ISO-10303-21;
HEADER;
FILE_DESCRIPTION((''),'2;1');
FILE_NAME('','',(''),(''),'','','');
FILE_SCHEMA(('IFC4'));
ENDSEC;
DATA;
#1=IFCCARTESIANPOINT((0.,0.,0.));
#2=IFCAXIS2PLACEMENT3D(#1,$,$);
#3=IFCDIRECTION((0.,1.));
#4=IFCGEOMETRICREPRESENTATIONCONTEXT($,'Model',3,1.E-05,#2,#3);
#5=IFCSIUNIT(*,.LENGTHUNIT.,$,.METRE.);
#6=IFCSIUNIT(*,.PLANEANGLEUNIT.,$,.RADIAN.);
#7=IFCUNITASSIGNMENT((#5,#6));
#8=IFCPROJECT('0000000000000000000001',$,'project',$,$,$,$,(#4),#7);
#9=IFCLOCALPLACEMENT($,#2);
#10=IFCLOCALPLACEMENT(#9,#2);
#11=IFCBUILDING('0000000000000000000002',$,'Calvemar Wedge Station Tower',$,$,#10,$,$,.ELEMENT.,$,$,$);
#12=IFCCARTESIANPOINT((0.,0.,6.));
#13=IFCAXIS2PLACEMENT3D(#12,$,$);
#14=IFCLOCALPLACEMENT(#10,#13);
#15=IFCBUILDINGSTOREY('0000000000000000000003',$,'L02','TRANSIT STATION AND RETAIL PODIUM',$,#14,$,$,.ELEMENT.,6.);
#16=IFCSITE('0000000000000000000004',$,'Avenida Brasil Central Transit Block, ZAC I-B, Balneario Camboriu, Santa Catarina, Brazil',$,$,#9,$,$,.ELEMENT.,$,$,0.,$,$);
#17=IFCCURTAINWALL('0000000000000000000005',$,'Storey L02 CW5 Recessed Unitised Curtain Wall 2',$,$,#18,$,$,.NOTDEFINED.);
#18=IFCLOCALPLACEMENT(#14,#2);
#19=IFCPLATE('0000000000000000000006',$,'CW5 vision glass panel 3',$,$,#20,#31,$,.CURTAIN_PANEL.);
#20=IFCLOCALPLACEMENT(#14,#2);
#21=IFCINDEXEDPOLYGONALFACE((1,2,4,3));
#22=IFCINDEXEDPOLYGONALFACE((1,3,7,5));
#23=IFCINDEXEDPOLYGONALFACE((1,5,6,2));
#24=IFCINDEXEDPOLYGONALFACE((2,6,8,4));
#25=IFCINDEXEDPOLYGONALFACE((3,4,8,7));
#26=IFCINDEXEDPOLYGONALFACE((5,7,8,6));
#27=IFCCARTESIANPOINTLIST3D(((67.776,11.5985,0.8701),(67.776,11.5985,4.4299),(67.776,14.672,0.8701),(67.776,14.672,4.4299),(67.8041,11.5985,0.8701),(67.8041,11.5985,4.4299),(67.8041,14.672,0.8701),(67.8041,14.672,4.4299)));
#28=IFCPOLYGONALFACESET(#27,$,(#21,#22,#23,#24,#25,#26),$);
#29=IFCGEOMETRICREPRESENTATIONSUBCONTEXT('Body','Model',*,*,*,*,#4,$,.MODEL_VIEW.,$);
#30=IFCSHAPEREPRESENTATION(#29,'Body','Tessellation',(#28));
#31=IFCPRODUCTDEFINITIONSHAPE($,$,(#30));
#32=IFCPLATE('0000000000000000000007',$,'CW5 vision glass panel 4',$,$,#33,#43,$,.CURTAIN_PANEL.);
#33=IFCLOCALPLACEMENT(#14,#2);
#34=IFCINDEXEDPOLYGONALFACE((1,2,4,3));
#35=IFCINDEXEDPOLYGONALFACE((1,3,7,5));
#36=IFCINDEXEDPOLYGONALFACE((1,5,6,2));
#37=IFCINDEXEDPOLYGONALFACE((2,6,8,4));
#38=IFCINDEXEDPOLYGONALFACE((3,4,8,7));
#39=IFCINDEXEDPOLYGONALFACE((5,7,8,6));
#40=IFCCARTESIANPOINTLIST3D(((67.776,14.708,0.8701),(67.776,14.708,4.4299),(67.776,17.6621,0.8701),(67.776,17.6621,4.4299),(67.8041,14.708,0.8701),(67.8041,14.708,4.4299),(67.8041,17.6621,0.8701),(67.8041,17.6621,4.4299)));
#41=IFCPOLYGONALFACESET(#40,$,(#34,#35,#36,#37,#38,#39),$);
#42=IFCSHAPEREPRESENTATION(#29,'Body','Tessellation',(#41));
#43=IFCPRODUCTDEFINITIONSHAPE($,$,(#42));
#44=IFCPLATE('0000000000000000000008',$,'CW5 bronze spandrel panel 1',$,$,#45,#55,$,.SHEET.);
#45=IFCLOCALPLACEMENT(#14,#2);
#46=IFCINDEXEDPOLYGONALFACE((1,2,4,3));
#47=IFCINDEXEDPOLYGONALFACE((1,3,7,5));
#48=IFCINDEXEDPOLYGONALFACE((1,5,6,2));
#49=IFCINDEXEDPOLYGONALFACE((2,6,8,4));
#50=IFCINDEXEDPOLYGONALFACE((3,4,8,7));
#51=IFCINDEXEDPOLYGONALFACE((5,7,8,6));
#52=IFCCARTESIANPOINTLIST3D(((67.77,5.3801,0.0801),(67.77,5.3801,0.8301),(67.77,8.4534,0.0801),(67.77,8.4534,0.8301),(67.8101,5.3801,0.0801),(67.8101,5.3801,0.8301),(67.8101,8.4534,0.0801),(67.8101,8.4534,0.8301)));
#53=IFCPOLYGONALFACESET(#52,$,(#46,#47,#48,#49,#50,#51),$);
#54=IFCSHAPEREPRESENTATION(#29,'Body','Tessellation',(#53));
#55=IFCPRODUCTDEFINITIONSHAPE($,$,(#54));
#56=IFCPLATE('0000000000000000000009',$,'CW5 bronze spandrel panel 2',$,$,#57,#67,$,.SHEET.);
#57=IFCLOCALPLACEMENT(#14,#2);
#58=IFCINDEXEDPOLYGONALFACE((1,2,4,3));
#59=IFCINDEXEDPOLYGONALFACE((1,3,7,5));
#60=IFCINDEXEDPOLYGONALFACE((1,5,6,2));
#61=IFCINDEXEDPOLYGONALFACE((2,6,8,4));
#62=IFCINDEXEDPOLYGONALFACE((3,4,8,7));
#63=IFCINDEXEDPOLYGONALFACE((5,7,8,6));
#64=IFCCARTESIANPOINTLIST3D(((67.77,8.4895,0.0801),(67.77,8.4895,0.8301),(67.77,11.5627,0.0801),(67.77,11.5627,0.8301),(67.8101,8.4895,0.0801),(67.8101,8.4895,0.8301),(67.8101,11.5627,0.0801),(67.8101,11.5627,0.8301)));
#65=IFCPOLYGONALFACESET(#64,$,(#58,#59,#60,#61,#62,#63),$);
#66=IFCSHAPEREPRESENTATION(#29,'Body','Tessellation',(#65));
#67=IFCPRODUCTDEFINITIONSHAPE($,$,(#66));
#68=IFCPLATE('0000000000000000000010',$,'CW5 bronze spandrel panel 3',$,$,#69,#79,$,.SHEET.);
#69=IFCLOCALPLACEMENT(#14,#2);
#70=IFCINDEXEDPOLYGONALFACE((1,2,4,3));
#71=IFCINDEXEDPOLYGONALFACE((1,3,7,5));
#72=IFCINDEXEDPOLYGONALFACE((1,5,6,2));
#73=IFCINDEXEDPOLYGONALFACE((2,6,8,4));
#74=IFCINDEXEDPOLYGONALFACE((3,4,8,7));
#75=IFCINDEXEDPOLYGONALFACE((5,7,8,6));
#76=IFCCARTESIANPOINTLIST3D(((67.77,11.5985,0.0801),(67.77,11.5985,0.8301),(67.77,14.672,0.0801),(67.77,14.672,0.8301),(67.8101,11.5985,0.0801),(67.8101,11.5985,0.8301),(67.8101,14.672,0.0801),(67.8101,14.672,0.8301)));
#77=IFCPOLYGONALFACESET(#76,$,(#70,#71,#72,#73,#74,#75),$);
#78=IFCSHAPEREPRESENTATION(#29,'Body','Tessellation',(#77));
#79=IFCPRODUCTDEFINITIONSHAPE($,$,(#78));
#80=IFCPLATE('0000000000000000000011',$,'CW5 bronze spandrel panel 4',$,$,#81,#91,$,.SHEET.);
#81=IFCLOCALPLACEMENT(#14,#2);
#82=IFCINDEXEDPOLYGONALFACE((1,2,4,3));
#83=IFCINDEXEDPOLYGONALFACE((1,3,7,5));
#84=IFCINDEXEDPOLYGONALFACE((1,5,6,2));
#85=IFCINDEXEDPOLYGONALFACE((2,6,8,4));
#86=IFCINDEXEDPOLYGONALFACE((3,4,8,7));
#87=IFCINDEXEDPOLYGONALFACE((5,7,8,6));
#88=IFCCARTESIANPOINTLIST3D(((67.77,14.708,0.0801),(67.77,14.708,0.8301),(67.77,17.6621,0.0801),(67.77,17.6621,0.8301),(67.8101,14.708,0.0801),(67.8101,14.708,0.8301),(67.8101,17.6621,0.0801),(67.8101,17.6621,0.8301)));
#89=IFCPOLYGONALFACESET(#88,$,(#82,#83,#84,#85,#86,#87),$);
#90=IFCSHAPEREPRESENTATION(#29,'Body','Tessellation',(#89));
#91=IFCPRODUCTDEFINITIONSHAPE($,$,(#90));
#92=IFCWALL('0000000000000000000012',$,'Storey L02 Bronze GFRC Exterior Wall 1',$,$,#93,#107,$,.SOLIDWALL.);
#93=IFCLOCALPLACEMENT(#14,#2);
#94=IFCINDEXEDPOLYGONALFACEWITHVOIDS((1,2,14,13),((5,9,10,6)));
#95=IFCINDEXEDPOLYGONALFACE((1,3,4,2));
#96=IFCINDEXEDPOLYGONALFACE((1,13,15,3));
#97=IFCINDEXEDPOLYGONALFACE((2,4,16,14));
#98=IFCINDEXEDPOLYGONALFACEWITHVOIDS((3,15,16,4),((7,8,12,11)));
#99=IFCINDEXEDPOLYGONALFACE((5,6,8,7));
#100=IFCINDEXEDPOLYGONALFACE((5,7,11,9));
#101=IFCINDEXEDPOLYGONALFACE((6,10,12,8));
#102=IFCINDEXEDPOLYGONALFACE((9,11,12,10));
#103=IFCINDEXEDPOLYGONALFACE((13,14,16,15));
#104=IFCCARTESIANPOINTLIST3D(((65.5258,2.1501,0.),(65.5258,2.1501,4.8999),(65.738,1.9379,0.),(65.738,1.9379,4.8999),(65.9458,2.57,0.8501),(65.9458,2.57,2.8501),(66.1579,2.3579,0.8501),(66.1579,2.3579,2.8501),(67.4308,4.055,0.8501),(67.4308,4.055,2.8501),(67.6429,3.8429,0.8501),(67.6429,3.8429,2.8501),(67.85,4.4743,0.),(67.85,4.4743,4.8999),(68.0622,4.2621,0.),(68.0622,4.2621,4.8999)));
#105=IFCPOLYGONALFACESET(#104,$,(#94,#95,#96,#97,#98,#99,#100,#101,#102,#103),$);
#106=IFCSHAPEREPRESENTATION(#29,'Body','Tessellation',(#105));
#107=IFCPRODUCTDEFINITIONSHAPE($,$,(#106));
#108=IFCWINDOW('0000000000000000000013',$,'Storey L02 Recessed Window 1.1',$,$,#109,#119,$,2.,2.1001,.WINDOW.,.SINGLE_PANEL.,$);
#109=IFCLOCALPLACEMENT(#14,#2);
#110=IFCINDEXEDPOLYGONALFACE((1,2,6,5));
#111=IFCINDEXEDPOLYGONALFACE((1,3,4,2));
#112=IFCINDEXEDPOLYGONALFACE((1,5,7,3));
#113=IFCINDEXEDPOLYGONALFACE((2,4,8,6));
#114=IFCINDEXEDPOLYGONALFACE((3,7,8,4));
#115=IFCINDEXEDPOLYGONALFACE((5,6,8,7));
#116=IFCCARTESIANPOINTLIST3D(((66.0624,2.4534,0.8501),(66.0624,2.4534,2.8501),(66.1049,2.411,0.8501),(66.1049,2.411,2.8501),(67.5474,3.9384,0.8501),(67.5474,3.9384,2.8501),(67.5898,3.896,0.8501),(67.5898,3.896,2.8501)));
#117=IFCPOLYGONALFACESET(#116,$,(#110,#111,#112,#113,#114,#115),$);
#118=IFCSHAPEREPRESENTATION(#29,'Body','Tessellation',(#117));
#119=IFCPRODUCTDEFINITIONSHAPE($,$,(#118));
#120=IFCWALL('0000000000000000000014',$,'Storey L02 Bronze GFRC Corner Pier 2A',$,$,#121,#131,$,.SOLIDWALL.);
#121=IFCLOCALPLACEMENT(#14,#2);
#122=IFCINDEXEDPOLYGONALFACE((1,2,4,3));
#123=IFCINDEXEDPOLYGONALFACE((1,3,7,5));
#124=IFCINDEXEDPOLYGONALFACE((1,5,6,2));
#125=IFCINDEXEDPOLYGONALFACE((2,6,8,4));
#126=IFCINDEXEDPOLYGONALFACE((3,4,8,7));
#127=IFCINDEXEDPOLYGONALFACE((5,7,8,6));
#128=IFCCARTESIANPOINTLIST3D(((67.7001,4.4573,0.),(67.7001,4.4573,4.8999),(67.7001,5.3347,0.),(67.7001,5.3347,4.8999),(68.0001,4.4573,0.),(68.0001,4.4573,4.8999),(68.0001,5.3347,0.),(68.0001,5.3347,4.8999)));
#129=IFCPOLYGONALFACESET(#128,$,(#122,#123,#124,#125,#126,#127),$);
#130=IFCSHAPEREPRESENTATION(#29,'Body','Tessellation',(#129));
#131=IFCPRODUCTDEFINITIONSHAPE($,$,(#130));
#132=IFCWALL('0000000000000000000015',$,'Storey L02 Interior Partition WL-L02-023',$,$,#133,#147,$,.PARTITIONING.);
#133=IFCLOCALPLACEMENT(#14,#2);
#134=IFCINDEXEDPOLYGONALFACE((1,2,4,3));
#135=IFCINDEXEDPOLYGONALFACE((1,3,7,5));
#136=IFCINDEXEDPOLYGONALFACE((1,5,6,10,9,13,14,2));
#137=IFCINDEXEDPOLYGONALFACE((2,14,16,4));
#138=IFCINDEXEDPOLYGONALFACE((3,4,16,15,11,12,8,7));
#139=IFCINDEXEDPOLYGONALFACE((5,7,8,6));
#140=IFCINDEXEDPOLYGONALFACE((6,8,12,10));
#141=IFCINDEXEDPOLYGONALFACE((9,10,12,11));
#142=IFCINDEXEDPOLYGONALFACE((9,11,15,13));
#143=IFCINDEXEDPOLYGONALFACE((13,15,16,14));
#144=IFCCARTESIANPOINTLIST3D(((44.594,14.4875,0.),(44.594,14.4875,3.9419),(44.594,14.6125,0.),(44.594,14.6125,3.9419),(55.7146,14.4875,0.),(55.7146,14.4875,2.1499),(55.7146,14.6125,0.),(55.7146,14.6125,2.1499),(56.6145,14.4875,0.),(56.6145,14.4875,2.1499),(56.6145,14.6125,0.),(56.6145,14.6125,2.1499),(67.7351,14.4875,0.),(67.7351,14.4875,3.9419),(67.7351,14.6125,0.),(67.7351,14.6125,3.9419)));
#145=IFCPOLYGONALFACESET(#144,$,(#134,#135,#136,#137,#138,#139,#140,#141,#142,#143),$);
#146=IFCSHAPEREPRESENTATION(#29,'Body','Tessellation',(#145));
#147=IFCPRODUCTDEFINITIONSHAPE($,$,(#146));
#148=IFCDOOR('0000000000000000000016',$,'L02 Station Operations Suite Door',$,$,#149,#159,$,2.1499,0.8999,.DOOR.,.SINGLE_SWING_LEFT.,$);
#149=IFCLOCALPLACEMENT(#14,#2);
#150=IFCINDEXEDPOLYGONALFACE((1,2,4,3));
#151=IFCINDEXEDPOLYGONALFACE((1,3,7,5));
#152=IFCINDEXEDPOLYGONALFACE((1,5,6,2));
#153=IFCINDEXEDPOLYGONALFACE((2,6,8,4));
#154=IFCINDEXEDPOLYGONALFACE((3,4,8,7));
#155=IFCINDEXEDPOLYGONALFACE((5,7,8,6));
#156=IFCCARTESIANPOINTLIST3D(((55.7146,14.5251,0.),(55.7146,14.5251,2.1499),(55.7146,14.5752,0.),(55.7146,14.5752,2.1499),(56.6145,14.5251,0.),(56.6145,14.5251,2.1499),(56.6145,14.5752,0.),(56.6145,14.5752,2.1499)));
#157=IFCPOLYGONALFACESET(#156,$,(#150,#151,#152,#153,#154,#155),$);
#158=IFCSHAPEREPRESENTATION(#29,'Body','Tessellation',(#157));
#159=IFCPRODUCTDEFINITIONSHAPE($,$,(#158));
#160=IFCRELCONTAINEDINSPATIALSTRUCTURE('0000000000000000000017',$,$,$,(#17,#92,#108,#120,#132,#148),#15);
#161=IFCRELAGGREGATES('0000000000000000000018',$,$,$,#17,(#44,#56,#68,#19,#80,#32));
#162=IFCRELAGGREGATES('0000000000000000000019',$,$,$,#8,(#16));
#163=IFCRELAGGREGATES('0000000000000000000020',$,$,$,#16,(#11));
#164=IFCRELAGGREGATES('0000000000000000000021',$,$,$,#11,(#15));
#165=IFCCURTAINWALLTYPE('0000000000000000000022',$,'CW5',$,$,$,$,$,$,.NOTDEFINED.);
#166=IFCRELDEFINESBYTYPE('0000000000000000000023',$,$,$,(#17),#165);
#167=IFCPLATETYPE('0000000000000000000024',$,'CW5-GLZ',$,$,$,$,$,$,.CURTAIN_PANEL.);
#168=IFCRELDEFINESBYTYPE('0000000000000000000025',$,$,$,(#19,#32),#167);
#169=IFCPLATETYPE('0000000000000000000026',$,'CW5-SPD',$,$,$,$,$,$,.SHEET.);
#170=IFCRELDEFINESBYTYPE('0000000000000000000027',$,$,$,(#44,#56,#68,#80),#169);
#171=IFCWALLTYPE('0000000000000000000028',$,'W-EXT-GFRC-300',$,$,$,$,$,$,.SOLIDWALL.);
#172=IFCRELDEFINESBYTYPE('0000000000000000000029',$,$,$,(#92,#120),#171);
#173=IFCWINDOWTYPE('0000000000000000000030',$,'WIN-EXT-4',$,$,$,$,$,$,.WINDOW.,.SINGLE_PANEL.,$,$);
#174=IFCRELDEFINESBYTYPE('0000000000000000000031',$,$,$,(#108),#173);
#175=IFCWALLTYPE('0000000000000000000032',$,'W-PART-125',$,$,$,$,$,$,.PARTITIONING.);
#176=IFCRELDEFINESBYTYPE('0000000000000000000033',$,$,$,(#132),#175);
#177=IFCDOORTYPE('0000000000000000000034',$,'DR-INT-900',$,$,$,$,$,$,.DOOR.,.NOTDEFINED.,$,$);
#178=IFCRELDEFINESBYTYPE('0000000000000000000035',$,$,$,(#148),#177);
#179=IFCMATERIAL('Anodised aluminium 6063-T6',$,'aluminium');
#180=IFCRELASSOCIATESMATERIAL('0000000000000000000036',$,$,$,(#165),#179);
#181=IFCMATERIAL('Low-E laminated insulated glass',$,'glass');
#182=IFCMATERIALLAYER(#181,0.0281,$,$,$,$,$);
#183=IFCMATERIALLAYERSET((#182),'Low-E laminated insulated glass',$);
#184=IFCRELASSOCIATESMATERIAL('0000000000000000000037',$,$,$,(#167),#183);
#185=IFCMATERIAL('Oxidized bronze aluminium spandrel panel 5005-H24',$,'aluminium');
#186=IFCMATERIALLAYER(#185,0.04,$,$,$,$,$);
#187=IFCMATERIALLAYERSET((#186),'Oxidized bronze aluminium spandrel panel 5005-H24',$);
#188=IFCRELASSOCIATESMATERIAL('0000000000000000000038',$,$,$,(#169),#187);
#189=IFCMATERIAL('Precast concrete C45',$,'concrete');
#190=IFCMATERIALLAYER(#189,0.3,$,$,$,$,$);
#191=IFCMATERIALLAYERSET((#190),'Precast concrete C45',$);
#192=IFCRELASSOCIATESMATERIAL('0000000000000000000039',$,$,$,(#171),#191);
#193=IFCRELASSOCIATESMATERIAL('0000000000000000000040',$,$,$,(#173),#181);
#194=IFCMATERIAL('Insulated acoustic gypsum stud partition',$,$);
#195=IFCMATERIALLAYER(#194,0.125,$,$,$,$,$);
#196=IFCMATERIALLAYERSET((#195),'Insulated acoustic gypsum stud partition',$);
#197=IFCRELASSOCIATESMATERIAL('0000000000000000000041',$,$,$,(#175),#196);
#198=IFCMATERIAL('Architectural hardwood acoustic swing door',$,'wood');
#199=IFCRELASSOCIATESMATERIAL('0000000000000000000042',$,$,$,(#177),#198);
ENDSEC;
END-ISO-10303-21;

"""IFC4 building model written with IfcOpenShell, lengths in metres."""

from ifc_helpers import new_model, si_unit, direction, frame, frame_2d, origin, place, context, subcontext, project, spatial, rectangle, extrude, source, transform, mapped, material, layer, layer_set, type_object, element, fill, aggregate, save


model = new_model("IFC4")

# Units and contexts
model_context = context("Model", 3, precision=1e-05, world=origin(), true_north=direction((0.0, 1.0)))
body_context = subcontext(model_context, "Body", "Model", "MODEL_VIEW")
ifc_project = project(units=[si_unit("LENGTHUNIT", "METRE"), si_unit("PLANEANGLEUNIT", "RADIAN")], contexts=[model_context])

# Site, building, storey
site_placement = place(None, origin())
site = spatial("IfcSite", under=ifc_project, at=site_placement, Name="Avenida Brasil Central Transit Block, ZAC I-B, Balneario Camboriu, Santa Catarina, Brazil", CompositionType="ELEMENT", RefElevation=0.0)
building_placement = place(site_placement, origin())
building = spatial("IfcBuilding", under=site, at=building_placement, Name="Calvemar Wedge Station Tower", CompositionType="ELEMENT")
storey_placement = place(building_placement, frame((0.0, 0.0, 6.0)))
storey = spatial("IfcBuildingStorey", under=building, at=storey_placement, Name="L02", Description="TRANSIT STATION AND RETAIL PODIUM", CompositionType="ELEMENT", Elevation=6.0)

# Curtain wall, plates
ifc_material_1 = material(Name="Anodised aluminium 6063-T6", Category="aluminium")
curtain_wall_type = type_object("IfcCurtainWallType", Name="CW5", PredefinedType="NOTDEFINED", material=ifc_material_1)
curtain_wall_placement = place(storey_placement, origin())
curtain_wall = element("IfcCurtainWall", 1, at=curtain_wall_placement, inside=storey, type_object=curtain_wall_type, Name="Storey L02 CW5 Recessed Unitised Curtain Wall 2", PredefinedType="NOTDEFINED")
ifc_material_2 = material(Name="Low-E laminated insulated glass", Category="glass")
ifc_layer_1 = layer(ifc_material_2, 0.0281)
ifc_layer_set_1 = layer_set([ifc_layer_1], Name="Low-E laminated insulated glass")
plate_type_1 = type_object("IfcPlateType", Name="CW5-GLZ", PredefinedType="CURTAIN_PANEL", material=ifc_layer_set_1)
plate_1_placement = place(storey_placement, frame((67.79, 11.5986, 0.8701), z_axis=(0.0, 0.0, 1.0), x_axis=(0.0, 1.0, 0.0)))
plate_1 = element("IfcPlate", 2, at=plate_1_placement, type_object=plate_type_1, Name="CW5 vision glass panel 3", PredefinedType="CURTAIN_PANEL", context=body_context, shape_type="SweptSolid", body=[
    extrude(rectangle(XDim=3.0735, YDim=0.0281, at=frame_2d((1.5366, 0.0))), origin(), (0.0, 0.0, 1.0), 3.5598),
])
plate_2_placement = place(storey_placement, frame((67.79, 14.708, 0.8701), z_axis=(0.0, 0.0, 1.0), x_axis=(0.0, 1.0, 0.0)))
plate_2 = element("IfcPlate", 3, at=plate_2_placement, type_object=plate_type_1, Name="CW5 vision glass panel 4", PredefinedType="CURTAIN_PANEL", context=body_context, shape_type="SweptSolid", body=[
    extrude(rectangle(XDim=2.9541, YDim=0.0281, at=frame_2d((1.4771, 0.0))), origin(), (0.0, 0.0, 1.0), 3.5598),
])
ifc_material_3 = material(Name="Oxidized bronze aluminium spandrel panel 5005-H24", Category="aluminium")
ifc_layer_2 = layer(ifc_material_3, 0.04)
ifc_layer_set_2 = layer_set([ifc_layer_2], Name="Oxidized bronze aluminium spandrel panel 5005-H24")
plate_type_2 = type_object("IfcPlateType", Name="CW5-SPD", PredefinedType="SHEET", material=ifc_layer_set_2)
plate_3_placement = place(storey_placement, frame((67.79, 5.3801, 0.0801), z_axis=(0.0, 0.0, 1.0), x_axis=(0.0, 1.0, 0.0)))
plate_3 = element("IfcPlate", 4, at=plate_3_placement, type_object=plate_type_2, Name="CW5 bronze spandrel panel 1", PredefinedType="SHEET", context=body_context, shape_type="SweptSolid", body=[
    extrude(rectangle(XDim=3.0732, YDim=0.04, at=frame_2d((1.5366, 0.0))), origin(), (0.0, 0.0, 1.0), 0.75),
])
plate_4_placement = place(storey_placement, frame((67.79, 8.4895, 0.0801), z_axis=(0.0, 0.0, 1.0), x_axis=(0.0, 1.0, 0.0)))
plate_4 = element("IfcPlate", 5, at=plate_4_placement, type_object=plate_type_2, Name="CW5 bronze spandrel panel 2", PredefinedType="SHEET", context=body_context, shape_type="SweptSolid", body=[
    extrude(rectangle(XDim=3.0732, YDim=0.04, at=frame_2d((1.5366, 0.0))), origin(), (0.0, 0.0, 1.0), 0.75),
])
plate_5_placement = place(storey_placement, frame((67.79, 11.5986, 0.0801), z_axis=(0.0, 0.0, 1.0), x_axis=(0.0, 1.0, 0.0)))
plate_5 = element("IfcPlate", 6, at=plate_5_placement, type_object=plate_type_2, Name="CW5 bronze spandrel panel 3", PredefinedType="SHEET", context=body_context, shape_type="SweptSolid", body=[
    extrude(rectangle(XDim=3.0735, YDim=0.04, at=frame_2d((1.5366, 0.0))), origin(), (0.0, 0.0, 1.0), 0.75),
])
plate_6_placement = place(storey_placement, frame((67.79, 14.708, 0.0801), z_axis=(0.0, 0.0, 1.0), x_axis=(0.0, 1.0, 0.0)))
plate_6 = element("IfcPlate", 7, at=plate_6_placement, type_object=plate_type_2, Name="CW5 bronze spandrel panel 4", PredefinedType="SHEET", context=body_context, shape_type="SweptSolid", body=[
    extrude(rectangle(XDim=2.9541, YDim=0.04, at=frame_2d((1.4771, 0.0))), origin(), (0.0, 0.0, 1.0), 0.75),
])
aggregate(curtain_wall, [plate_3, plate_4, plate_5, plate_1, plate_6, plate_2])

# Wall, opening, window
ifc_material_4 = material(Name="Precast concrete C45", Category="concrete")
ifc_layer_3 = layer(ifc_material_4, 0.3)
ifc_layer_set_3 = layer_set([ifc_layer_3], Name="Precast concrete C45")
wall_type_1 = type_object("IfcWallType", Name="W-EXT-GFRC-300", PredefinedType="SOLIDWALL", material=ifc_layer_set_3)
wall_1_placement = place(storey_placement, frame((65.6318, 2.0439, 0.0), z_axis=(0.0, 0.0, 1.0), x_axis=(0.707107, 0.707107, 0.0)))
wall_1 = element("IfcWall", 8, at=wall_1_placement, inside=storey, type_object=wall_type_1, Name="Storey L02 Bronze GFRC Exterior Wall 1", PredefinedType="SOLIDWALL", context=body_context, shape_type="SweptSolid", body=[
    extrude(rectangle(XDim=3.2869, YDim=0.3, at=frame_2d((1.6436, 0.0))), origin(), (0.0, 0.0, 1.0), 4.8999),
])
shared_shape_1 = source(origin(), body_context, "Body", "SweptSolid", [
    extrude(rectangle(XDim=2.1001, YDim=2.0, at=frame_2d((1.05, 1.0))), frame((0.0, 0.1602, 0.0), z_axis=(0.0, -1.0, 0.0), x_axis=(1.0, 0.0, 0.0)), (0.0, 0.0, 1.0), 0.3201),
])
opening_1_placement = place(wall_1_placement, frame((0.594, 0.0, 0.8501)))
opening_1 = element("IfcOpeningElement", 9, at=opening_1_placement, cuts=wall_1, PredefinedType="OPENING", context=body_context, shape_type="MappedRepresentation", body=[
    mapped(shared_shape_1, transform((0.0, 0.0, 0.0), scale=1.0)),
])
window_type = type_object("IfcWindowType", Name="WIN-EXT-4", PartitioningType="SINGLE_PANEL", PredefinedType="WINDOW", material=ifc_material_2)
shared_shape_2 = source(origin(), body_context, "Body", "SweptSolid", [
    extrude(rectangle(XDim=2.1001, YDim=2.0, at=frame_2d((1.05, 1.0))), frame((0.0, -0.0149, 0.0), z_axis=(0.0, -1.0, 0.0), x_axis=(1.0, 0.0, 0.0)), (0.0, 0.0, 1.0), 0.0601),
])
window_placement = place(opening_1_placement, origin())
window = element("IfcWindow", 10, at=window_placement, inside=storey, type_object=window_type, Name="Storey L02 Recessed Window 1.1", OverallHeight=2.0, OverallWidth=2.1001, PartitioningType="SINGLE_PANEL", PredefinedType="WINDOW", context=body_context, shape_type="MappedRepresentation", body=[
    mapped(shared_shape_2, transform((0.0, 0.0, 0.0), scale=1.0)),
])
fill(opening_1, window)

# Wall
wall_2_placement = place(storey_placement, frame((67.8501, 4.4573, 0.0), z_axis=(0.0, 0.0, 1.0), x_axis=(0.0, 1.0, 0.0)))
element("IfcWall", 11, at=wall_2_placement, inside=storey, type_object=wall_type_1, Name="Storey L02 Bronze GFRC Corner Pier 2A", PredefinedType="SOLIDWALL", context=body_context, shape_type="SweptSolid", body=[
    extrude(rectangle(XDim=0.8774, YDim=0.3, at=frame_2d((0.4387, 0.0))), origin(), (0.0, 0.0, 1.0), 4.8999),
])

# Wall, opening, door
ifc_material_5 = material(Name="Insulated acoustic gypsum stud partition")
ifc_layer_4 = layer(ifc_material_5, 0.125)
ifc_layer_set_4 = layer_set([ifc_layer_4], Name="Insulated acoustic gypsum stud partition")
wall_type_2 = type_object("IfcWallType", Name="W-PART-125", PredefinedType="PARTITIONING", material=ifc_layer_set_4)
wall_3_placement = place(storey_placement, frame((67.7351, 14.55, 0.0), z_axis=(0.0, 0.0, 1.0), x_axis=(-1.0, 0.0, 0.0)))
wall_3 = element("IfcWall", 12, at=wall_3_placement, inside=storey, type_object=wall_type_2, Name="Storey L02 Interior Partition WL-L02-023", PredefinedType="PARTITIONING", context=body_context, shape_type="SweptSolid", body=[
    extrude(rectangle(XDim=23.1411, YDim=0.125, at=frame_2d((11.5706, 0.0))), origin(), (0.0, 0.0, 1.0), 3.9419),
])
shared_shape_3 = source(origin(), body_context, "Body", "SweptSolid", [
    extrude(rectangle(XDim=0.8999, YDim=2.1499, at=frame_2d((0.45, 1.075))), frame((0.0, 0.0725, 0.0), z_axis=(0.0, -1.0, 0.0), x_axis=(1.0, 0.0, 0.0)), (0.0, 0.0, 1.0), 0.145),
])
opening_2_placement = place(wall_3_placement, frame((11.1206, 0.0, 0.0)))
opening_2 = element("IfcOpeningElement", 13, at=opening_2_placement, cuts=wall_3, PredefinedType="OPENING", context=body_context, shape_type="MappedRepresentation", body=[
    mapped(shared_shape_3, transform((0.0, 0.0, 0.0), scale=1.0)),
])
ifc_material_6 = material(Name="Architectural hardwood acoustic swing door", Category="wood")
door_type = type_object("IfcDoorType", Name="DR-INT-900", OperationType="NOTDEFINED", PredefinedType="DOOR", material=ifc_material_6)
shared_shape_4 = source(origin(), body_context, "Body", "SweptSolid", [
    extrude(rectangle(XDim=0.8999, YDim=2.1499, at=frame_2d((0.45, 1.075))), frame((0.0, 0.0249, 0.0), z_axis=(0.0, -1.0, 0.0), x_axis=(1.0, 0.0, 0.0)), (0.0, 0.0, 1.0), 0.05),
])
door_placement = place(opening_2_placement, origin())
door = element("IfcDoor", 14, at=door_placement, inside=storey, type_object=door_type, Name="L02 Station Operations Suite Door", OperationType="SINGLE_SWING_LEFT", OverallHeight=2.1499, OverallWidth=0.8999, PredefinedType="DOOR", context=body_context, shape_type="MappedRepresentation", body=[
    mapped(shared_shape_4, transform((0.0, 0.0, 0.0), scale=1.0)),
])
fill(opening_2, door)

save(model, "model.ifc")
